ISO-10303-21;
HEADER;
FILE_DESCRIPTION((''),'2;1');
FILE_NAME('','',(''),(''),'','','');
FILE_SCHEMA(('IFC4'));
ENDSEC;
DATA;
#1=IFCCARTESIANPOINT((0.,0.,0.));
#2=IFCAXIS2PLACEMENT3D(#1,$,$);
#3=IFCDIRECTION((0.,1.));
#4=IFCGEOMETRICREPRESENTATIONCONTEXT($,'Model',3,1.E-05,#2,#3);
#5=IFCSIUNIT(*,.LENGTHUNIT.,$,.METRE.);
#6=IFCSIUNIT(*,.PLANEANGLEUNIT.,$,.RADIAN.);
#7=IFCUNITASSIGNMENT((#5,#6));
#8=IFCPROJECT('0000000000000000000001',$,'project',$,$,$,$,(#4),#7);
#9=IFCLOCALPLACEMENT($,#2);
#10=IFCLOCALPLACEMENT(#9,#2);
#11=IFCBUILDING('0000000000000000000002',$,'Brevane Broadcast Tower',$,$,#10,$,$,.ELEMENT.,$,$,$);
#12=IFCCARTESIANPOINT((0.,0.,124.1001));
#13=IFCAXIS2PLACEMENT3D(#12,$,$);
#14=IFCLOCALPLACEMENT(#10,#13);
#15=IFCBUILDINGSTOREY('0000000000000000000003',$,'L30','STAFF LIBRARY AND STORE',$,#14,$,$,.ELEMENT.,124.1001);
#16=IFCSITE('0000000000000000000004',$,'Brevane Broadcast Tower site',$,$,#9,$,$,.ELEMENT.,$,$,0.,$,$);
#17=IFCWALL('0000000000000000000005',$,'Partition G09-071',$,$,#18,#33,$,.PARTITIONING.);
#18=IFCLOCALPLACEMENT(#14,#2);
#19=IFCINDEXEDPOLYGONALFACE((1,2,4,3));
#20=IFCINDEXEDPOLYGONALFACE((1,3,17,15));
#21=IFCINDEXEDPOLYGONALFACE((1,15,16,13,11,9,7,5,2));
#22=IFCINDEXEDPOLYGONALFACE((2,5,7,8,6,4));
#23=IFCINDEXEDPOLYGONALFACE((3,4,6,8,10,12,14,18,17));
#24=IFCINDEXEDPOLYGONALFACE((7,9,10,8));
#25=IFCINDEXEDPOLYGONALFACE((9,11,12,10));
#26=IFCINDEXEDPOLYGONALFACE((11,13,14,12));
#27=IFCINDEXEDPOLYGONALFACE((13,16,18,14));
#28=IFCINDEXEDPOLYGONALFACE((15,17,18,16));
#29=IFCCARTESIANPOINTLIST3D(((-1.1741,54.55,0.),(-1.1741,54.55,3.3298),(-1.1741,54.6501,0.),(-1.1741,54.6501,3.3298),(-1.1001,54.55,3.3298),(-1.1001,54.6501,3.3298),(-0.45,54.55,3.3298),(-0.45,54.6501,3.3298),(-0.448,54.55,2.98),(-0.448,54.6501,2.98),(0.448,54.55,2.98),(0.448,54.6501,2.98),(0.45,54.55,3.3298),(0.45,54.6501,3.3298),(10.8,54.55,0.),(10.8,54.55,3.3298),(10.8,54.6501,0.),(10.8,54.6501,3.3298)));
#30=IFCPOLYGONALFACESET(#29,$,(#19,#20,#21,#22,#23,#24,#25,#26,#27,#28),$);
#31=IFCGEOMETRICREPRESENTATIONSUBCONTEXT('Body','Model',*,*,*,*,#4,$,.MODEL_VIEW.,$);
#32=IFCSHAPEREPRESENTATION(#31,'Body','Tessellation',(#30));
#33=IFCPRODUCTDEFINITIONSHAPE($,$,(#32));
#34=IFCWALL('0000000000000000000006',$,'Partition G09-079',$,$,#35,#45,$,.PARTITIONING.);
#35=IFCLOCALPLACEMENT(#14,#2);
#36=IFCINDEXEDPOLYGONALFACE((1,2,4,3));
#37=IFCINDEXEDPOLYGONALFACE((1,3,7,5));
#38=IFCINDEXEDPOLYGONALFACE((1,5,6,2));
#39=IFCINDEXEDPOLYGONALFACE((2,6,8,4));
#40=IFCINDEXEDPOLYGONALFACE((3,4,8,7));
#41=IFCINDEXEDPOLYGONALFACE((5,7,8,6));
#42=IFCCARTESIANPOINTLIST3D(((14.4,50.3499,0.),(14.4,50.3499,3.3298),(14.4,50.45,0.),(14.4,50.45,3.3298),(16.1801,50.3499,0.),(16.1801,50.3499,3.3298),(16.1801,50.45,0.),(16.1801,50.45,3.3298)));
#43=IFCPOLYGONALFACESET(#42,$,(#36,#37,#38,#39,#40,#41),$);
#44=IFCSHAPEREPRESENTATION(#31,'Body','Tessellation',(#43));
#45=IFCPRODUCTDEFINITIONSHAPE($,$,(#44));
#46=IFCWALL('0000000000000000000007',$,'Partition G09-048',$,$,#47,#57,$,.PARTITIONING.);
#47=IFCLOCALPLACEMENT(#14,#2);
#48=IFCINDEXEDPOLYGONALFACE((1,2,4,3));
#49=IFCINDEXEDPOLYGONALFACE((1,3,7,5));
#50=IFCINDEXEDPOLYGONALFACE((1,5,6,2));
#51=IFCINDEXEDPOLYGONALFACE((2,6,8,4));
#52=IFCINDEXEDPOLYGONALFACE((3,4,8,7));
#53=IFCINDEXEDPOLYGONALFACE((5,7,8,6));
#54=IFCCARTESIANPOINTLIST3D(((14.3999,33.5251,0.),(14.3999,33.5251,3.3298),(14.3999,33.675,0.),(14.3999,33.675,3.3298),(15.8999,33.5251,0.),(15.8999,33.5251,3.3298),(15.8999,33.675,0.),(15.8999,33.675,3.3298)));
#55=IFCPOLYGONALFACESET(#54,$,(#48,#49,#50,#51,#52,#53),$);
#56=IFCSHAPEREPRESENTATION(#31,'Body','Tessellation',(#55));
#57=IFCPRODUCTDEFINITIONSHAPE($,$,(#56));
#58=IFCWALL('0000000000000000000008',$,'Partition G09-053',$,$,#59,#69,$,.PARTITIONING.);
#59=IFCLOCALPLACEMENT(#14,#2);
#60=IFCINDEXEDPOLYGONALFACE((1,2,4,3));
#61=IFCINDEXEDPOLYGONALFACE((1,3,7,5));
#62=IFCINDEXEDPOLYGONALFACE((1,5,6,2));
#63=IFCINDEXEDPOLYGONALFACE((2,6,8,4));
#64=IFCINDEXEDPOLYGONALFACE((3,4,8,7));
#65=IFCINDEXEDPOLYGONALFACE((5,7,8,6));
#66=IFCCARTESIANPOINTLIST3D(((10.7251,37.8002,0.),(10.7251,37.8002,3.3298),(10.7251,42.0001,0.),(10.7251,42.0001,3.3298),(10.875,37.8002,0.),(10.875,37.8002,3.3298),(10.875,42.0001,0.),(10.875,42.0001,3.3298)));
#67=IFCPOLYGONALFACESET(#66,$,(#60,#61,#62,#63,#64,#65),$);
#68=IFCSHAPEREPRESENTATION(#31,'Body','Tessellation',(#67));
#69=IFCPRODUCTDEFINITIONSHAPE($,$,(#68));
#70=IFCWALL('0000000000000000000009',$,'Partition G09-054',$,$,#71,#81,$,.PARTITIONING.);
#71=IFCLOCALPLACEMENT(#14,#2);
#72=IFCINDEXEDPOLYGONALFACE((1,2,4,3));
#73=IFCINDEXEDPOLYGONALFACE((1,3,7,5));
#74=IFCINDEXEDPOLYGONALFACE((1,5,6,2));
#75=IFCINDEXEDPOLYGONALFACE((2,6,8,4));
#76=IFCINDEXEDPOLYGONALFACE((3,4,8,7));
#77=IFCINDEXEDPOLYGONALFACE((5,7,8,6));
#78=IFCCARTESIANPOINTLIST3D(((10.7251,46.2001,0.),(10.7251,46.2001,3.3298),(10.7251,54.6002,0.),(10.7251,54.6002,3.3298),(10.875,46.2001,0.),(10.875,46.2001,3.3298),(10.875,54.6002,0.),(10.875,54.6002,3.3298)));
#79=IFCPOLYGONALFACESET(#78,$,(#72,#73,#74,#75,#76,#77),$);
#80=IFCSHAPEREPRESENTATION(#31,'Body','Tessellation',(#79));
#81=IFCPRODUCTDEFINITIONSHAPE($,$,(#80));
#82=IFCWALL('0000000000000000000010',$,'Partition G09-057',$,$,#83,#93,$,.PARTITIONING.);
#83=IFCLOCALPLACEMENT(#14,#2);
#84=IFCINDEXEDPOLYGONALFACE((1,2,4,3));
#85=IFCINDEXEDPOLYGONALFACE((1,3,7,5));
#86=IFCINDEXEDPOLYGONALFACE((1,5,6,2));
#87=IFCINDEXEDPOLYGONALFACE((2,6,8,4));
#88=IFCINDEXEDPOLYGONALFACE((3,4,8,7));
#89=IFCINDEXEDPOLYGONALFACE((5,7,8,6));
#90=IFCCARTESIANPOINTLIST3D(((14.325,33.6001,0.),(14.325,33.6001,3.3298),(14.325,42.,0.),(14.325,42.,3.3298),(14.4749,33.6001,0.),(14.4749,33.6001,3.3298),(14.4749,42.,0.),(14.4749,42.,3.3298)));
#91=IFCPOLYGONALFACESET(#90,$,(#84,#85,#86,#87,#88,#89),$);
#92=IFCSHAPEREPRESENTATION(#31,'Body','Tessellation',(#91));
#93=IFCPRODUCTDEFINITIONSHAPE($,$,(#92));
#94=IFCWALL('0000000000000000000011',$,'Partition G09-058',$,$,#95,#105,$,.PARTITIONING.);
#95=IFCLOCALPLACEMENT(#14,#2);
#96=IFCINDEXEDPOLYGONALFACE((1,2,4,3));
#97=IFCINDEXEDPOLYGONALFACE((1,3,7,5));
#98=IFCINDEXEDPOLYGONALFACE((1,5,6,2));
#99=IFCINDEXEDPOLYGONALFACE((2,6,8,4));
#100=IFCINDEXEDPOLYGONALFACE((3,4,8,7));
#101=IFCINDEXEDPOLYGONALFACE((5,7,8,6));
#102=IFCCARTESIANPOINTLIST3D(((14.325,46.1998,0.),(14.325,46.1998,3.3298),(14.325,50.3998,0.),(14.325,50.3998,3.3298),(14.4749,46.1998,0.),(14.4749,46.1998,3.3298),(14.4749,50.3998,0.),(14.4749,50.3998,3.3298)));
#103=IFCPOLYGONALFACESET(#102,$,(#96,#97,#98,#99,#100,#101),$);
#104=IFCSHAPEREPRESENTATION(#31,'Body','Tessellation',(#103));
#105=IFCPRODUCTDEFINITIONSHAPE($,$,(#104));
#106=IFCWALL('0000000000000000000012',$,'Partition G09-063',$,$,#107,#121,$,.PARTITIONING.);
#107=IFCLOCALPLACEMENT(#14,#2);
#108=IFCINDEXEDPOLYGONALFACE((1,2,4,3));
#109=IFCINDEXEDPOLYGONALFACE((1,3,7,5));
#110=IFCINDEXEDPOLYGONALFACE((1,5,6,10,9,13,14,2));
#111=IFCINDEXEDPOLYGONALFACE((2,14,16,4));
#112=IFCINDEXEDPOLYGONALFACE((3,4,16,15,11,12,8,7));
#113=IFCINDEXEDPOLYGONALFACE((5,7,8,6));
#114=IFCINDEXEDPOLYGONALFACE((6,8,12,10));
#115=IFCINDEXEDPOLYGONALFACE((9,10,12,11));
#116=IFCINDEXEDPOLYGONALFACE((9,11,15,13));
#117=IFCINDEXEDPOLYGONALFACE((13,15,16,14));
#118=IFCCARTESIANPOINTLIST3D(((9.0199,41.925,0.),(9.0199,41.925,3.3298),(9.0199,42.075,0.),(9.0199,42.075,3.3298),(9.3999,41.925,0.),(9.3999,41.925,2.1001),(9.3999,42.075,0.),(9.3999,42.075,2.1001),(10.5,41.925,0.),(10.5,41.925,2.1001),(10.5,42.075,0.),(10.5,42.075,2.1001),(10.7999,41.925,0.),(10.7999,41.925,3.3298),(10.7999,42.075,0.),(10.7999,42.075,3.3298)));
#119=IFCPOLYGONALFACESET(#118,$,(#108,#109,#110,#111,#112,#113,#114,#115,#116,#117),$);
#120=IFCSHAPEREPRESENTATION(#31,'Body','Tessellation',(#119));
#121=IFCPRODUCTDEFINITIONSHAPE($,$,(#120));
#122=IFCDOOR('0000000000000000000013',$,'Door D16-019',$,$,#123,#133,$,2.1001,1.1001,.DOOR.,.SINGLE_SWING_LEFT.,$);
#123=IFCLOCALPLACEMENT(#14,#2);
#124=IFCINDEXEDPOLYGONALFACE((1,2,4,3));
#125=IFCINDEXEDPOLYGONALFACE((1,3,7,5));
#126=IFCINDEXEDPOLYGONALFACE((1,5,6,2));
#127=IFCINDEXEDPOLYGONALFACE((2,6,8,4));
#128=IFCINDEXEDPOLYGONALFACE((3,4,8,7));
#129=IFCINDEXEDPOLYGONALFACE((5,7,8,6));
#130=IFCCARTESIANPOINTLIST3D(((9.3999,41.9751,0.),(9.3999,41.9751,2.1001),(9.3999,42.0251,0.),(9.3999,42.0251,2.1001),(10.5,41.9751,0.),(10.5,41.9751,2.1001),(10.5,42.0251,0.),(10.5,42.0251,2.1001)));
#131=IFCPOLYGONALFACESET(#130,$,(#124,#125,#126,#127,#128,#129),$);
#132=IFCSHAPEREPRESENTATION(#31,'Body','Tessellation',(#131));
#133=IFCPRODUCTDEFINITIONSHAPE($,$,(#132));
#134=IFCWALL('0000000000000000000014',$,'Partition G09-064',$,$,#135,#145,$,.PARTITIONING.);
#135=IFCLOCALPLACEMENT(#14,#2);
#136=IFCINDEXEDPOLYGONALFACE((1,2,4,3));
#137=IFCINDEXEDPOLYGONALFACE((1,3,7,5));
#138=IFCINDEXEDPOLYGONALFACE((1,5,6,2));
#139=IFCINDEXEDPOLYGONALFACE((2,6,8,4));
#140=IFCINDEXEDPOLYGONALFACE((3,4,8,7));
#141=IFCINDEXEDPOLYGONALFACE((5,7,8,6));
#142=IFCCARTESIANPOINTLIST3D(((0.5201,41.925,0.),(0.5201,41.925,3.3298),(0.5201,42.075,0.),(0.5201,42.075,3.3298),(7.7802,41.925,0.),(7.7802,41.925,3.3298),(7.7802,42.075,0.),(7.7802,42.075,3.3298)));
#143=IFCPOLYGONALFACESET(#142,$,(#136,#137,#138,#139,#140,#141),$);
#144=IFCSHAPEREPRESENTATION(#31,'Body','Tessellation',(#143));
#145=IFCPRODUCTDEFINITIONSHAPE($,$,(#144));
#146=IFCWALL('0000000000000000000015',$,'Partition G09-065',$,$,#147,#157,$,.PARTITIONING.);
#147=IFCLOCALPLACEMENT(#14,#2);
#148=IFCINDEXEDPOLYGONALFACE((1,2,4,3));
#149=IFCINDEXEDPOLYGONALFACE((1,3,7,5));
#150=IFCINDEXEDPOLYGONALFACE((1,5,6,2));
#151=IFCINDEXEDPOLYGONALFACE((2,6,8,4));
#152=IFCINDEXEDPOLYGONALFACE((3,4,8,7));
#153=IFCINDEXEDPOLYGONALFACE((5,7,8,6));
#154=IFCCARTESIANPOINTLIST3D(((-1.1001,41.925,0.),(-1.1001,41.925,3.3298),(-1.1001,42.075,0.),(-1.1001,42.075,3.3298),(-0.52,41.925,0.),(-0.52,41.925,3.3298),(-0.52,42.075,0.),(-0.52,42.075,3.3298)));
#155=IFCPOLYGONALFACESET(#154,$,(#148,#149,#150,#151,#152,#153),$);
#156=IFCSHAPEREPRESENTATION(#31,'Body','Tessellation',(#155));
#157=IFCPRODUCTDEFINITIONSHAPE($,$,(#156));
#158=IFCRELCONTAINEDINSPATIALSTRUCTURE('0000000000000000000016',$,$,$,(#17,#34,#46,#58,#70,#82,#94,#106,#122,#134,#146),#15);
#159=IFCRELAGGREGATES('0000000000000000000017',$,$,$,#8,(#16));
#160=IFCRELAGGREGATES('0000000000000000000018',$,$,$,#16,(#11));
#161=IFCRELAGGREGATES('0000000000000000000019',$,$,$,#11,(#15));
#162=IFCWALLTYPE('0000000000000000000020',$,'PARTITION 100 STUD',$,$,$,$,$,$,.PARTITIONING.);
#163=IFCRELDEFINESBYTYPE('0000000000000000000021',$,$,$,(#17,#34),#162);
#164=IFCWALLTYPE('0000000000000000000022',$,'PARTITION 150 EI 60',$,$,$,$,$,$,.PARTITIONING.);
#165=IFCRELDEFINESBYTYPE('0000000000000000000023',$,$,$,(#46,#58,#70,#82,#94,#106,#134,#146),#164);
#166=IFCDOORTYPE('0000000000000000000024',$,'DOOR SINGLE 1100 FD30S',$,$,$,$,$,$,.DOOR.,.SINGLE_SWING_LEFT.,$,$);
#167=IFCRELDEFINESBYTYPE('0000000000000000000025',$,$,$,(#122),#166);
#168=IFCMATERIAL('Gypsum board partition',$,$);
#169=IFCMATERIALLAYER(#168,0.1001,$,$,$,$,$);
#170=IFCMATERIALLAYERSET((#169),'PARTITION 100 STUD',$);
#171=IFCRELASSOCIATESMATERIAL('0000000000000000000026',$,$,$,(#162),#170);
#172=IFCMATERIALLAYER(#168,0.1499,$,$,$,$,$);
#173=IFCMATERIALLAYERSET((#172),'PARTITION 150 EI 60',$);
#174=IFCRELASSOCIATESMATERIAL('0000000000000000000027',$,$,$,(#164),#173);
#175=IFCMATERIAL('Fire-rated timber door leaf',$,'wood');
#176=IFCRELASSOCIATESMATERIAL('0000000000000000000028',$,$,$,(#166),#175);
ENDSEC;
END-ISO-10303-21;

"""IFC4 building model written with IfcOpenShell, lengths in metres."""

from ifc_helpers import new_model, si_unit, direction, frame, frame_2d, origin, place, context, subcontext, project, spatial, polyline, rectangle, outline, extrude, material, layer, layer_set, type_object, element, fill, save


model = new_model("IFC4")

# Units and contexts
model_context = context("Model", 3, precision=1e-05, world=origin(), true_north=direction((0.0, 1.0)))
body_context = subcontext(model_context, "Body", "Model", "MODEL_VIEW")
ifc_project = project(units=[si_unit("LENGTHUNIT", "METRE"), si_unit("PLANEANGLEUNIT", "RADIAN")], contexts=[model_context])

# Site, building, storey
site_placement = place(None, origin())
site = spatial("IfcSite", under=ifc_project, at=site_placement, Name="Brevane Broadcast Tower site", CompositionType="ELEMENT", RefElevation=0.0)
building_placement = place(site_placement, origin())
building = spatial("IfcBuilding", under=site, at=building_placement, Name="Brevane Broadcast Tower", CompositionType="ELEMENT")
storey_placement = place(building_placement, frame((0.0, 0.0, 124.1001)))
storey = spatial("IfcBuildingStorey", under=building, at=storey_placement, Name="L30", Description="STAFF LIBRARY AND STORE", CompositionType="ELEMENT", Elevation=124.1001)

# Walls
ifc_material_1 = material(Name="Gypsum board partition")
ifc_layer_1 = layer(ifc_material_1, 0.1001)
ifc_layer_set_1 = layer_set([ifc_layer_1], Name="PARTITION 100 STUD")
wall_type_1 = type_object("IfcWallType", Name="PARTITION 100 STUD", PredefinedType="PARTITIONING", material=ifc_layer_set_1)
for number, where, z_axis, x_axis, name in (
    (1, (-1.1741, 54.6001, 0.0), (0.0, 0.0, 1.0), (1.0, 0.0, 0.0), "Partition G09-071"),
):
    element("IfcWall", number, at=place(storey_placement, frame(where, z_axis=z_axis, x_axis=x_axis)), inside=storey, type_object=wall_type_1, Name=name, PredefinedType="PARTITIONING", context=body_context, shape_type="SweptSolid", body=[
        extrude(outline(polyline([(0.0, 0.0), (11.9741, 0.0), (11.9741, 3.3298), (1.624, 3.3298), (1.6221, 2.98), (0.7261, 2.98), (0.7241, 3.3298), (0.074, 3.3298), (0.0, 3.3298), (0.0, 0.0)])), frame((0.0, 0.05, 0.0), z_axis=(0.0, -1.0, 0.0), x_axis=(1.0, 0.0, 0.0)), (0.0, 0.0, 1.0), 0.1001),
    ])
wall_1_placement = place(storey_placement, frame((14.3999, 50.3999, 0.0), z_axis=(0.0, 0.0, 1.0), x_axis=(1.0, 0.0, 0.0)))
element("IfcWall", 2, at=wall_1_placement, inside=storey, type_object=wall_type_1, Name="Partition G09-079", PredefinedType="PARTITIONING", context=body_context, shape_type="SweptSolid", body=[
    extrude(rectangle(XDim=1.78, YDim=0.1001, at=frame_2d((0.8901, 0.0))), origin(), (0.0, 0.0, 1.0), 3.3298),
])
ifc_layer_2 = layer(ifc_material_1, 0.1499)
ifc_layer_set_2 = layer_set([ifc_layer_2], Name="PARTITION 150 EI 60")
wall_type_2 = type_object("IfcWallType", Name="PARTITION 150 EI 60", PredefinedType="PARTITIONING", material=ifc_layer_set_2)
wall_2_placement = place(storey_placement, frame((14.3999, 33.6001, 0.0), z_axis=(0.0, 0.0, 1.0), x_axis=(1.0, 0.0, 0.0)))
element("IfcWall", 3, at=wall_2_placement, inside=storey, type_object=wall_type_2, Name="Partition G09-048", PredefinedType="PARTITIONING", context=body_context, shape_type="SweptSolid", body=[
    extrude(rectangle(XDim=1.5, YDim=0.1499, at=frame_2d((0.75, 0.0))), origin(), (0.0, 0.0, 1.0), 3.3298),
])
wall_3_placement = place(storey_placement, frame((10.8, 37.8, 0.0), z_axis=(0.0, 0.0, 1.0), x_axis=(0.0, 1.0, 0.0)))
element("IfcWall", 4, at=wall_3_placement, inside=storey, type_object=wall_type_2, Name="Partition G09-053", PredefinedType="PARTITIONING", context=body_context, shape_type="SweptSolid", body=[
    extrude(rectangle(XDim=4.2, YDim=0.1499, at=frame_2d((2.1001, 0.0))), origin(), (0.0, 0.0, 1.0), 3.3298),
])
wall_4_placement = place(storey_placement, frame((10.8, 46.2, 0.0), z_axis=(0.0, 0.0, 1.0), x_axis=(0.0, 1.0, 0.0)))
element("IfcWall", 5, at=wall_4_placement, inside=storey, type_object=wall_type_2, Name="Partition G09-054", PredefinedType="PARTITIONING", context=body_context, shape_type="SweptSolid", body=[
    extrude(rectangle(XDim=8.4001, YDim=0.1499, at=frame_2d((4.2002, 0.0))), origin(), (0.0, 0.0, 1.0), 3.3298),
])
wall_5_placement = place(storey_placement, frame((14.3999, 42.0, 0.0), z_axis=(0.0, 0.0, 1.0), x_axis=(0.0, -1.0, 0.0)))
element("IfcWall", 6, at=wall_5_placement, inside=storey, type_object=wall_type_2, Name="Partition G09-057", PredefinedType="PARTITIONING", context=body_context, shape_type="SweptSolid", body=[
    extrude(rectangle(XDim=8.3999, YDim=0.1499, at=frame_2d((4.2, 0.0))), origin(), (0.0, 0.0, 1.0), 3.3298),
])
wall_6_placement = place(storey_placement, frame((14.3999, 50.3999, 0.0), z_axis=(0.0, 0.0, 1.0), x_axis=(0.0, -1.0, 0.0)))
element("IfcWall", 7, at=wall_6_placement, inside=storey, type_object=wall_type_2, Name="Partition G09-058", PredefinedType="PARTITIONING", context=body_context, shape_type="SweptSolid", body=[
    extrude(rectangle(XDim=4.2, YDim=0.1499, at=frame_2d((2.1001, 0.0))), origin(), (0.0, 0.0, 1.0), 3.3298),
])

# Wall, opening, door
wall_7_placement = place(storey_placement, frame((10.8, 42.0, 0.0), z_axis=(0.0, 0.0, 1.0), x_axis=(-1.0, 0.0, 0.0)))
wall_7 = element("IfcWall", 8, at=wall_7_placement, inside=storey, type_object=wall_type_2, Name="Partition G09-063", PredefinedType="PARTITIONING", context=body_context, shape_type="SweptSolid", body=[
    extrude(rectangle(XDim=1.78, YDim=0.1499, at=frame_2d((0.8901, 0.0))), origin(), (0.0, 0.0, 1.0), 3.3298),
])
opening_1_placement = place(wall_7_placement, frame((0.3, 0.0, 0.0)))
opening_1 = element("IfcOpeningElement", 9, at=opening_1_placement, cuts=wall_7, PredefinedType="OPENING", context=body_context, shape_type="SweptSolid", body=[
    extrude(rectangle(XDim=1.1001, YDim=2.1001, at=frame_2d((0.55, 1.05))), frame((0.0, 0.085, 0.0), z_axis=(0.0, -1.0, 0.0), x_axis=(1.0, 0.0, 0.0)), (0.0, 0.0, 1.0), 0.1699),
])
ifc_material_2 = material(Name="Fire-rated timber door leaf", Category="wood")
door_type_1 = type_object("IfcDoorType", Name="DOOR SINGLE 1100 FD30S", OperationType="SINGLE_SWING_LEFT", PredefinedType="DOOR", material=ifc_material_2)
door_1_placement = place(opening_1_placement, origin())
door_1 = element("IfcDoor", 10, at=door_1_placement, inside=storey, type_object=door_type_1, Name="Door D16-019", OperationType="SINGLE_SWING_LEFT", OverallHeight=2.1001, OverallWidth=1.1001, PredefinedType="DOOR", context=body_context, shape_type="SweptSolid", body=[
    extrude(rectangle(XDim=1.1001, YDim=2.1001, at=frame_2d((0.55, 1.05))), frame((0.0, 0.0249, 0.0), z_axis=(0.0, -1.0, 0.0), x_axis=(1.0, 0.0, 0.0)), (0.0, 0.0, 1.0), 0.05),
])
fill(opening_1, door_1)

# Walls
wall_8_placement = place(storey_placement, frame((7.78, 42.0, 0.0), z_axis=(0.0, 0.0, 1.0), x_axis=(-1.0, 0.0, 0.0)))
element("IfcWall", 11, at=wall_8_placement, inside=storey, type_object=wall_type_2, Name="Partition G09-064", PredefinedType="PARTITIONING", context=body_context, shape_type="SweptSolid", body=[
    extrude(rectangle(XDim=7.26, YDim=0.1499, at=frame_2d((3.6299, 0.0))), origin(), (0.0, 0.0, 1.0), 3.3298),
])
wall_9_placement = place(storey_placement, frame((-0.52, 42.0, 0.0), z_axis=(0.0, 0.0, 1.0), x_axis=(-1.0, 0.0, 0.0)))
element("IfcWall", 12, at=wall_9_placement, inside=storey, type_object=wall_type_2, Name="Partition G09-065", PredefinedType="PARTITIONING", context=body_context, shape_type="SweptSolid", body=[
    extrude(rectangle(XDim=0.5801, YDim=0.1499, at=frame_2d((0.29, 0.0))), origin(), (0.0, 0.0, 1.0), 3.3298),
])

save(model, "model.ifc")
